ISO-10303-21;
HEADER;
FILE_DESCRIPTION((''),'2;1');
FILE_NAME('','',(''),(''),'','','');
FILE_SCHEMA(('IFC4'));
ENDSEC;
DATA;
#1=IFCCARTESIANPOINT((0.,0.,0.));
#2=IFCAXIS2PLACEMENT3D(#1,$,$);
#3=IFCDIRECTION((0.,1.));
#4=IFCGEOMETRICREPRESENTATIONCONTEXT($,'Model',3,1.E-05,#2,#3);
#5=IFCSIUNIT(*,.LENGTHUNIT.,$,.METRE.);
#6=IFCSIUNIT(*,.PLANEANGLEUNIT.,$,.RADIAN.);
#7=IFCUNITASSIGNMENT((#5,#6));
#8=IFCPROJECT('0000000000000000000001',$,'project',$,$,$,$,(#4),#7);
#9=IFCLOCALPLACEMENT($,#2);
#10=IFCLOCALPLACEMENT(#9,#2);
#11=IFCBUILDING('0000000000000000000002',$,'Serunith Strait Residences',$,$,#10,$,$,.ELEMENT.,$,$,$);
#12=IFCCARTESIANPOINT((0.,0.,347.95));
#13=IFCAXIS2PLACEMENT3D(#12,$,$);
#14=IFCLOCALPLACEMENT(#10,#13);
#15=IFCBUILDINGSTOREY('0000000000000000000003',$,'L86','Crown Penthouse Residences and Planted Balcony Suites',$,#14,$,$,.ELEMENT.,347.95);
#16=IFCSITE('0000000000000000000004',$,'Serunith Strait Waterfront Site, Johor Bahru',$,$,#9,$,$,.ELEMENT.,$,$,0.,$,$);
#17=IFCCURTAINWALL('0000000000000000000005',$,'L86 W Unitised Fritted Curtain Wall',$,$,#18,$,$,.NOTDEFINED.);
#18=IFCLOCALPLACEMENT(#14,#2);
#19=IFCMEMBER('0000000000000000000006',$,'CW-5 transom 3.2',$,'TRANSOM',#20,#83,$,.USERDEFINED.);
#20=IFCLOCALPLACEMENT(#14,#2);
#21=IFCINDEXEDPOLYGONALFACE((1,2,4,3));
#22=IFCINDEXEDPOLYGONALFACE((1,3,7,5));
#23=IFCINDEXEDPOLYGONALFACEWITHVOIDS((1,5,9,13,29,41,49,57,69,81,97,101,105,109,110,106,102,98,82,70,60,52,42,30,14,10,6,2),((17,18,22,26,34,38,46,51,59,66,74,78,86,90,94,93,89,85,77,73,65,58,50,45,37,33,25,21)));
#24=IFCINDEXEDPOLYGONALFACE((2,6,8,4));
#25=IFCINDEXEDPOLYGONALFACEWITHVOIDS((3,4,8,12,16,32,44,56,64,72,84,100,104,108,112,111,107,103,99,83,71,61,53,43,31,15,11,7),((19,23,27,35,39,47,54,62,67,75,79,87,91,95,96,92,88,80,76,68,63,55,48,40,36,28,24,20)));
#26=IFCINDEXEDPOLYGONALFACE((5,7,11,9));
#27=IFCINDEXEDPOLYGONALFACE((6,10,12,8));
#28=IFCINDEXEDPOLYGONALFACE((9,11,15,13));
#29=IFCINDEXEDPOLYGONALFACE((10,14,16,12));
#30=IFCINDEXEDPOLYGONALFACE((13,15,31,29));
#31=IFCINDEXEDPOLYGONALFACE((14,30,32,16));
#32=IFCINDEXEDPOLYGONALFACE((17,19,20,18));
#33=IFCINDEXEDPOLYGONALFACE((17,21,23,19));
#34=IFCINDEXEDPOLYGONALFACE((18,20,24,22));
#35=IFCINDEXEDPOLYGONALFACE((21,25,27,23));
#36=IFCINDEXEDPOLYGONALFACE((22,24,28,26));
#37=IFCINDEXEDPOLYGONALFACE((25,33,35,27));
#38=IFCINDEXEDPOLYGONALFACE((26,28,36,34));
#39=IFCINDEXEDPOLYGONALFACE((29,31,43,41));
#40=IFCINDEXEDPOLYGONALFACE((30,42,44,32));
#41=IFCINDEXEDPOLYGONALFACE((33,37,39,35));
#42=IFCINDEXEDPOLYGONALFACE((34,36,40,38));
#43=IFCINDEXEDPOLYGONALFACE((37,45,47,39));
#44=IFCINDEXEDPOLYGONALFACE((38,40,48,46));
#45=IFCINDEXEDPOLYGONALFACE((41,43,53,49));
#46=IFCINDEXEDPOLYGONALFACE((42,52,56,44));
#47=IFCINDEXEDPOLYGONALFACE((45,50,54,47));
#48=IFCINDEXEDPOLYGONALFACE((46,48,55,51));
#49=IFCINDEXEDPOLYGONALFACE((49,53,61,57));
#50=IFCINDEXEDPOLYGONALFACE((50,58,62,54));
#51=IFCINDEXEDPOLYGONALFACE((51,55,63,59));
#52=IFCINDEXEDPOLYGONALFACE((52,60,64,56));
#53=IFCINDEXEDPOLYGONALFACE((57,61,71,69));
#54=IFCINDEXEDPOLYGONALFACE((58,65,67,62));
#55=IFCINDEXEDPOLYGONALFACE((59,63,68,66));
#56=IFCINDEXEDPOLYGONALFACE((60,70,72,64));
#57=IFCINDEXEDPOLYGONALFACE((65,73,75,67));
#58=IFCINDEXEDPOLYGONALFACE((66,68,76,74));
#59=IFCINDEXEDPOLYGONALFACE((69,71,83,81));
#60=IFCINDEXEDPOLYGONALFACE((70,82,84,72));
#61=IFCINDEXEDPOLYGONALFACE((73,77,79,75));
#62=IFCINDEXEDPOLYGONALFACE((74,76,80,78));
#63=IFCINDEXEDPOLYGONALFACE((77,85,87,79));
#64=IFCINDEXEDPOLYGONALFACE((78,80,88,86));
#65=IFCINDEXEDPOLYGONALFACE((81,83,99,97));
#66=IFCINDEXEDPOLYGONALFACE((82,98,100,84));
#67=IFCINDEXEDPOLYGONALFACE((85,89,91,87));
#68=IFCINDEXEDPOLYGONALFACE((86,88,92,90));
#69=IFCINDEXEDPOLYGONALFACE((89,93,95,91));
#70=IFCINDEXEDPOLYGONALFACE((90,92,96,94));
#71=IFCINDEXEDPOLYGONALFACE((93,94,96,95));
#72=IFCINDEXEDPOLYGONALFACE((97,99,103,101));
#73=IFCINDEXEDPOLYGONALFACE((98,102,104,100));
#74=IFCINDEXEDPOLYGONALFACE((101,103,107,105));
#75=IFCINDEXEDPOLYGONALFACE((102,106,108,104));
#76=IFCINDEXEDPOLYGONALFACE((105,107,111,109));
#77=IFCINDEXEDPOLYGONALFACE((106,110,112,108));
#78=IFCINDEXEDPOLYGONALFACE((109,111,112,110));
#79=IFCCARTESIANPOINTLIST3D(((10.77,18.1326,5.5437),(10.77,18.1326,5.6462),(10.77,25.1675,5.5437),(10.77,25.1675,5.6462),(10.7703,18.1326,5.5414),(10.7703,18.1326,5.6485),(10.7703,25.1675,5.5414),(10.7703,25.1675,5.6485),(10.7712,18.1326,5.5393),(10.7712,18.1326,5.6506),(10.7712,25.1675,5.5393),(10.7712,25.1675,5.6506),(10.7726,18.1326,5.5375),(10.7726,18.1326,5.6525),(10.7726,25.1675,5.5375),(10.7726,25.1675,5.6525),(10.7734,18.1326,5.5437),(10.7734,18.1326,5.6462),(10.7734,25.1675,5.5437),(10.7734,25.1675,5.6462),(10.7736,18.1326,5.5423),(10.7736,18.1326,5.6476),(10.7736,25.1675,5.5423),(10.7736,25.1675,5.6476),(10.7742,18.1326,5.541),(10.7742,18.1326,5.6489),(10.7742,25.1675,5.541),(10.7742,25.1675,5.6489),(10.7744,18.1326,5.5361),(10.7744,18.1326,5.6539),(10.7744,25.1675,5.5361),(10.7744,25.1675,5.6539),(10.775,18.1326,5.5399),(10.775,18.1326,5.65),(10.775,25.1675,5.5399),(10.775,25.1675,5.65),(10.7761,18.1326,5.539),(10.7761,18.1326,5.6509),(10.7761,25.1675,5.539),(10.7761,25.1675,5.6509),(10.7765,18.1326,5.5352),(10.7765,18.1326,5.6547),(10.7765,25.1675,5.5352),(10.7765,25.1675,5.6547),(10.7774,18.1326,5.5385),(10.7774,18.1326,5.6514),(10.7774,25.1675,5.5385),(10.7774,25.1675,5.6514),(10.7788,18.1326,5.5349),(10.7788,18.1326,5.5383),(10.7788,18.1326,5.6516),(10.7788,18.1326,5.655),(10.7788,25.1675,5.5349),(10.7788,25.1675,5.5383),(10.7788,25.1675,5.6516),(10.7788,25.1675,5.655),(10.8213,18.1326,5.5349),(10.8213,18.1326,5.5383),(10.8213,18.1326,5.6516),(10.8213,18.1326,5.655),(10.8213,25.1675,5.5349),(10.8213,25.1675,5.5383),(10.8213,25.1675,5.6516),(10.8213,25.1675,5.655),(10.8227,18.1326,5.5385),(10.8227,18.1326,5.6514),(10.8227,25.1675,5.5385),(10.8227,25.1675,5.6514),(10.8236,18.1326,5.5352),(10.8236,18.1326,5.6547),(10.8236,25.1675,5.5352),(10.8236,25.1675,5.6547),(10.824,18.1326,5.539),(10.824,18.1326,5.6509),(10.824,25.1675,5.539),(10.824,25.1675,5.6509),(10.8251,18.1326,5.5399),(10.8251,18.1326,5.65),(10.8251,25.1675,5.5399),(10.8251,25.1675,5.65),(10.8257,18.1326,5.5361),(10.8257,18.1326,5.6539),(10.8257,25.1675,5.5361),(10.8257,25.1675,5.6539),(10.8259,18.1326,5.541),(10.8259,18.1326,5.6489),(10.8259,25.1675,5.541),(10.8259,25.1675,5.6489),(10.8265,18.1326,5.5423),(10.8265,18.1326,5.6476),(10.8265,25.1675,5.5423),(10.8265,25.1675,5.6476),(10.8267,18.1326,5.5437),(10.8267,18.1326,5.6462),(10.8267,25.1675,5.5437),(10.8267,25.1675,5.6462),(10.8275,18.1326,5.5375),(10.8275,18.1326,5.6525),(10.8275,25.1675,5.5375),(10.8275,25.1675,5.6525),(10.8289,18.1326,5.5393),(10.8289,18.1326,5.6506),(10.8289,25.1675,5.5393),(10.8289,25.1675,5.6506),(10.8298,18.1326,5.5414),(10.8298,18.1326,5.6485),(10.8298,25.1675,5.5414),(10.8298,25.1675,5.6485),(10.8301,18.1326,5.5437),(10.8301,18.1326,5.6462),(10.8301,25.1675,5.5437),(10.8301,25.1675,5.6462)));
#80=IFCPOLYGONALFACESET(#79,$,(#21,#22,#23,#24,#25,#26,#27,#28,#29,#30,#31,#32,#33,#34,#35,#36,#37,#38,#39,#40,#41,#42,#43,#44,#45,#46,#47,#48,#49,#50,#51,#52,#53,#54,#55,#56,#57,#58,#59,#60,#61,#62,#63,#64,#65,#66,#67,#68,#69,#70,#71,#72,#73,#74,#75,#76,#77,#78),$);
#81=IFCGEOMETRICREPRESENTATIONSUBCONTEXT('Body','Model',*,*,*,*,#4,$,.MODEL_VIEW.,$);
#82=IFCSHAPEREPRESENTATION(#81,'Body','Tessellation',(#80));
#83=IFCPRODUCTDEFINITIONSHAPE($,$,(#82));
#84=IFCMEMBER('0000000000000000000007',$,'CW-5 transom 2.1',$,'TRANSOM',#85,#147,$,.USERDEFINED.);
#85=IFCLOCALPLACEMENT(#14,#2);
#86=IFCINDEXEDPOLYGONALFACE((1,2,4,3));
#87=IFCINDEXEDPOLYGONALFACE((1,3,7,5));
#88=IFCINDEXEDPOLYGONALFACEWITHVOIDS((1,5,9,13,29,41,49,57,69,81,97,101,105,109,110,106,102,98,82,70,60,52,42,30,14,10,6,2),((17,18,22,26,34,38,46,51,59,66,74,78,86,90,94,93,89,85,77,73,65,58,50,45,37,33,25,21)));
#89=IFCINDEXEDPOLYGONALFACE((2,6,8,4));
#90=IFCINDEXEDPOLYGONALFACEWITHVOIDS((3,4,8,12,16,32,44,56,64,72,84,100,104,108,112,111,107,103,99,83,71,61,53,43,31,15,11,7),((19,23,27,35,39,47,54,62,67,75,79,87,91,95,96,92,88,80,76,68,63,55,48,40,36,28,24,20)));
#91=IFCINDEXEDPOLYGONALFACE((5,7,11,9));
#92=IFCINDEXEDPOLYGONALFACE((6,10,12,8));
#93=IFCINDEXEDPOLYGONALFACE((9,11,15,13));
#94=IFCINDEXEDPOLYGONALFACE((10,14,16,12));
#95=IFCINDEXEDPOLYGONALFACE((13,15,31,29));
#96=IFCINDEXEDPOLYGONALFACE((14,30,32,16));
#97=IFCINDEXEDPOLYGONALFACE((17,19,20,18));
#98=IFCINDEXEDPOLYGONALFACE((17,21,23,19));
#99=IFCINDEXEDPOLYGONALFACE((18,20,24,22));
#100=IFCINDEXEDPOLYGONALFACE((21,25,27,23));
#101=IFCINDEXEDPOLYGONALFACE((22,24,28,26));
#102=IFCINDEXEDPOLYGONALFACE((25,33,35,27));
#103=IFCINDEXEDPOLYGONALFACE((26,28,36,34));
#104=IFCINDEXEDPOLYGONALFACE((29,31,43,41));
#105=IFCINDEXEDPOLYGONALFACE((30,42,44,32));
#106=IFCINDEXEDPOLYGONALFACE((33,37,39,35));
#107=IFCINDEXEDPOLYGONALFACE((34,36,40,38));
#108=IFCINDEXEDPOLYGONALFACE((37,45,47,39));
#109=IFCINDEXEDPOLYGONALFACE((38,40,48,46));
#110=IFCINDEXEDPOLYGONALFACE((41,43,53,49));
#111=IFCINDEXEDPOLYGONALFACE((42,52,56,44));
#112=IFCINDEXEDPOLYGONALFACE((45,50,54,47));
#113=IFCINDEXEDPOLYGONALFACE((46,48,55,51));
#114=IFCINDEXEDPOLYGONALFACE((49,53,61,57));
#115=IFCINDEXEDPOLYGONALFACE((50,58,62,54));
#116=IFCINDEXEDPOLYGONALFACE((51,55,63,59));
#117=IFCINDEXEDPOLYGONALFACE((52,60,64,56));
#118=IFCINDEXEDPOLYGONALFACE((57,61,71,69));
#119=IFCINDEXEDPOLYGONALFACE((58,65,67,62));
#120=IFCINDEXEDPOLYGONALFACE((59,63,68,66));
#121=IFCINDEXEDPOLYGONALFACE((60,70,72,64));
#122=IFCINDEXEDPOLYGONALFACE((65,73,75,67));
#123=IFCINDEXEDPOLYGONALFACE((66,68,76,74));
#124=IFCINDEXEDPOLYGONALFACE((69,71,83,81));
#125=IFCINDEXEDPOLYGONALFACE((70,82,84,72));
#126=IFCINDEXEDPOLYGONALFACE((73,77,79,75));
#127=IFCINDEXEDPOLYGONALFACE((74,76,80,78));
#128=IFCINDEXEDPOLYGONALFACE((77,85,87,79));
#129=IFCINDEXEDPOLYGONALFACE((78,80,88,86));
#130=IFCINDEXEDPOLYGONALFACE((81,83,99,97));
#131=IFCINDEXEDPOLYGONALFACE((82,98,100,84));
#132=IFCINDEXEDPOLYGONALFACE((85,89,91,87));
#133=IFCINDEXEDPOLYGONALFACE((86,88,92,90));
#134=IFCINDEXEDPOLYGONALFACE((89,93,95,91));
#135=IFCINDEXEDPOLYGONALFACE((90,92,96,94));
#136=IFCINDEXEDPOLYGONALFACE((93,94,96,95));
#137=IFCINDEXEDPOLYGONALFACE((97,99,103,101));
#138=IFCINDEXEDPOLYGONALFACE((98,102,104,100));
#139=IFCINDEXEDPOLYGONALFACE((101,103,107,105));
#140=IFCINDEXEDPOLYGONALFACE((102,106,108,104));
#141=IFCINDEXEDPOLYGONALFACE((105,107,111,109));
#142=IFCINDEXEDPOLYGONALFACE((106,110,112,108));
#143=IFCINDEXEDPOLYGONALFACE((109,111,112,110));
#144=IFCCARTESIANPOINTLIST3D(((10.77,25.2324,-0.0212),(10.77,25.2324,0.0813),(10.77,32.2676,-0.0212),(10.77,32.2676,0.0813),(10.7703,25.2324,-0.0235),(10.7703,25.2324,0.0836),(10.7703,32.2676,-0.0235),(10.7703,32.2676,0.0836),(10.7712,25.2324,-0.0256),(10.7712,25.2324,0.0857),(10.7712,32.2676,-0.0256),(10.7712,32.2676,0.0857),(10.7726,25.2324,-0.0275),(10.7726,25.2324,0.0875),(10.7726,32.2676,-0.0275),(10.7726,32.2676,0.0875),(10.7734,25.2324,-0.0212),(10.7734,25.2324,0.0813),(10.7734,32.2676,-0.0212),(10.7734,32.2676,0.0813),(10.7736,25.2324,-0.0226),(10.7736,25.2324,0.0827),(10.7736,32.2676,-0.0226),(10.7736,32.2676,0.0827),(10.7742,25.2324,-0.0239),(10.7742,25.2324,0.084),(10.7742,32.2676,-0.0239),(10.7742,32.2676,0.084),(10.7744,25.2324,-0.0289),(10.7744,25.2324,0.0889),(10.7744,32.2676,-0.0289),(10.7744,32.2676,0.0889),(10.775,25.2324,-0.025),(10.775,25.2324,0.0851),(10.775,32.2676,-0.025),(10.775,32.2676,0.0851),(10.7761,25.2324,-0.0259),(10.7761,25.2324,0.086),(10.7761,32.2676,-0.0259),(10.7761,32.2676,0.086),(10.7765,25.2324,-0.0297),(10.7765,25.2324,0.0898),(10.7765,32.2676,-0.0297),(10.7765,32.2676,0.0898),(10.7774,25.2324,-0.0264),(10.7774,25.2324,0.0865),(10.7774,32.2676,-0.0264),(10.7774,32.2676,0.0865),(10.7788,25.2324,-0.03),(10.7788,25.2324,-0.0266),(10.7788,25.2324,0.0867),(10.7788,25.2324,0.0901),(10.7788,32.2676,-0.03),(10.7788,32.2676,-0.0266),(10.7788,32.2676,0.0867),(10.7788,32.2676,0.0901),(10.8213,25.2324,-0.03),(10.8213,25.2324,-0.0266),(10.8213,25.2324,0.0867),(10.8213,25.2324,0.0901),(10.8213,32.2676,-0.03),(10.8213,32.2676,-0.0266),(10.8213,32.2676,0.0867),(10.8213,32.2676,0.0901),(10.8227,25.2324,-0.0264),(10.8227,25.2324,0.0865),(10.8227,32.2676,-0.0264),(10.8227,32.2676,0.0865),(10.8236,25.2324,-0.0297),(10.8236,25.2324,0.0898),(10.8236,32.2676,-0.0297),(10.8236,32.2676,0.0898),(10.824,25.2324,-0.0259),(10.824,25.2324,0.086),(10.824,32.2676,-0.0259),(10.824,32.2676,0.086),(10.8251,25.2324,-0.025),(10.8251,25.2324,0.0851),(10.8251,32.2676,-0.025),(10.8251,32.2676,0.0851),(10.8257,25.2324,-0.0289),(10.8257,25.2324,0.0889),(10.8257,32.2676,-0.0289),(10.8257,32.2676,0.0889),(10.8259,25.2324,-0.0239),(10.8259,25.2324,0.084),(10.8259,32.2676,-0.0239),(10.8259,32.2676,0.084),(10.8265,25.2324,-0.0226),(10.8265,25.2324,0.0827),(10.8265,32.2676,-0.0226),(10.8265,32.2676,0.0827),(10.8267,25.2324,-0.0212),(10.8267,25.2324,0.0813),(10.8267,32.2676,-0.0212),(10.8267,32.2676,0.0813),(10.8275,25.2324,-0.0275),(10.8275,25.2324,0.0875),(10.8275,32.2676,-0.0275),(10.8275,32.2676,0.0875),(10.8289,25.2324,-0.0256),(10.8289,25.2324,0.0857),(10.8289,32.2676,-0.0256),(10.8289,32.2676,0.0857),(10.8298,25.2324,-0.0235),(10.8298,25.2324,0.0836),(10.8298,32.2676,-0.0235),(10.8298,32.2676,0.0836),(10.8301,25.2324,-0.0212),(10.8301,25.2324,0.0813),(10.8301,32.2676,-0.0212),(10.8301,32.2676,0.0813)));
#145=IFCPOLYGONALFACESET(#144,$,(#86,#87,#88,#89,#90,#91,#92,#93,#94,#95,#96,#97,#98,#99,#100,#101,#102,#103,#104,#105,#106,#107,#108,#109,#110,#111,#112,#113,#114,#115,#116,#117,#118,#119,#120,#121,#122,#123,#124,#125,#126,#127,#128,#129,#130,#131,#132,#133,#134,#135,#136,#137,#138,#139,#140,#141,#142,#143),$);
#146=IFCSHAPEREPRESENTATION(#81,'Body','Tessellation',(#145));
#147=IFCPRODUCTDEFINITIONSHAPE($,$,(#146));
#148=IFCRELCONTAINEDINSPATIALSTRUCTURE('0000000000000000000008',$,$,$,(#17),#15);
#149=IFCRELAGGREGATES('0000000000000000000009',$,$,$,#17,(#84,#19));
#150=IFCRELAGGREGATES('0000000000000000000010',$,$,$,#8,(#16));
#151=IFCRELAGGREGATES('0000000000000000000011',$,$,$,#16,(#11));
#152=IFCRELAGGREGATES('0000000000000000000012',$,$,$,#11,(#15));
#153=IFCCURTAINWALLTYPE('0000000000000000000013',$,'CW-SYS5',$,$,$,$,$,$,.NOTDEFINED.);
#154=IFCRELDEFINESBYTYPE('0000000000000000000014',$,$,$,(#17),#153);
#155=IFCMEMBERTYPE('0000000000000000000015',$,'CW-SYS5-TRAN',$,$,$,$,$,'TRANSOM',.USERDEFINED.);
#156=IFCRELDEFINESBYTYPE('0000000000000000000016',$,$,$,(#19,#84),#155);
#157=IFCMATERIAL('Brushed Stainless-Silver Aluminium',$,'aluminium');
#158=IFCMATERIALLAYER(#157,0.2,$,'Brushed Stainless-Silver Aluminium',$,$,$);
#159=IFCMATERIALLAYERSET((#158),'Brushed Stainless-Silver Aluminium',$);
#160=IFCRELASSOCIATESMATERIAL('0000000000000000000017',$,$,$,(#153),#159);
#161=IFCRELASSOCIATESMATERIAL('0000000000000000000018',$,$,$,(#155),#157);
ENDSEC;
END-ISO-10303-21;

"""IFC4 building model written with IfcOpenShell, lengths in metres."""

from ifc_helpers import new_model, si_unit, direction, frame, origin, origin_2d, place, context, subcontext, project, spatial, hollow_rectangle, extrude, source, transform, mapped, material, layer, layer_set, material_profile, profile_set, type_object, element, aggregate, save


model = new_model("IFC4")

# Units and contexts
model_context = context("Model", 3, precision=1e-05, world=origin(), true_north=direction((0.0, 1.0)))
body_context = subcontext(model_context, "Body", "Model", "MODEL_VIEW")
ifc_project = project(units=[si_unit("LENGTHUNIT", "METRE"), si_unit("PLANEANGLEUNIT", "RADIAN")], contexts=[model_context])

# Site, building, storey
site_placement = place(None, origin())
site = spatial("IfcSite", under=ifc_project, at=site_placement, Name="Serunith Strait Waterfront Site, Johor Bahru", CompositionType="ELEMENT", RefElevation=0.0)
building_placement = place(site_placement, origin())
building = spatial("IfcBuilding", under=site, at=building_placement, Name="Serunith Strait Residences", CompositionType="ELEMENT")
storey_placement = place(building_placement, frame((0.0, 0.0, 347.95)))
storey = spatial("IfcBuildingStorey", under=building, at=storey_placement, Name="L86", Description="Crown Penthouse Residences and Planted Balcony Suites", CompositionType="ELEMENT", Elevation=347.95)

# Curtain wall, members
ifc_material_1 = material(Name="Brushed Stainless-Silver Aluminium", Category="aluminium")
ifc_layer_1 = layer(ifc_material_1, 0.2, Name="Brushed Stainless-Silver Aluminium")
ifc_layer_set_1 = layer_set([ifc_layer_1], Name="Brushed Stainless-Silver Aluminium")
curtain_wall_type = type_object("IfcCurtainWallType", Name="CW-SYS5", PredefinedType="NOTDEFINED", material=ifc_layer_set_1)
curtain_wall_placement = place(storey_placement, origin())
curtain_wall = element("IfcCurtainWall", 1, at=curtain_wall_placement, inside=storey, type_object=curtain_wall_type, Name="L86 W Unitised Fritted Curtain Wall", PredefinedType="NOTDEFINED")
ifc_material_profile_1 = material_profile(ifc_material_1, hollow_rectangle(XDim=0.0601, YDim=0.1201, WallThickness=0.0034, InnerFilletRadius=0.0054, OuterFilletRadius=0.0088, at=origin_2d()), Name="ALU 120x60x3.5")
ifc_profile_set_1 = profile_set([ifc_material_profile_1], Name="Brushed Stainless-Silver Aluminium")
member_type_1 = type_object("IfcMemberType", Name="CW-SYS5-TRAN", ElementType="TRANSOM", PredefinedType="USERDEFINED", material=ifc_profile_set_1)
shared_shape_1 = source(origin(), body_context, "Body", "SweptSolid", [
    extrude(hollow_rectangle(XDim=0.0601, YDim=0.1201, WallThickness=0.0034, InnerFilletRadius=0.0054, OuterFilletRadius=0.0088, at=origin_2d()), origin(), (0.0, 0.0, 1.0), 7.0349),
])
member_1_placement = place(storey_placement, frame((10.8, 25.1675, 5.595), z_axis=(0.0, -1.0, 0.0), x_axis=(1.0, 0.0, 0.0)))
member_1 = element("IfcMember", 2, at=member_1_placement, type_object=member_type_1, Name="CW-5 transom 3.2", ObjectType="TRANSOM", PredefinedType="USERDEFINED", context=body_context, shape_type="MappedRepresentation", body=[
    mapped(shared_shape_1, transform((0.0, 0.0, 0.0), scale=1.0)),
])
shared_shape_2 = source(origin(), body_context, "Body", "SweptSolid", [
    extrude(hollow_rectangle(XDim=0.0601, YDim=0.1201, WallThickness=0.0034, InnerFilletRadius=0.0054, OuterFilletRadius=0.0088, at=origin_2d()), origin(), (0.0, 0.0, 1.0), 7.0352),
])
member_2_placement = place(storey_placement, frame((10.8, 32.2676, 0.03), z_axis=(0.0, -1.0, 0.0), x_axis=(1.0, 0.0, 0.0)))
member_2 = element("IfcMember", 3, at=member_2_placement, type_object=member_type_1, Name="CW-5 transom 2.1", ObjectType="TRANSOM", PredefinedType="USERDEFINED", context=body_context, shape_type="MappedRepresentation", body=[
    mapped(shared_shape_2, transform((0.0, 0.0, 0.0), scale=1.0)),
])
aggregate(curtain_wall, [member_2, member_1])

save(model, "model.ifc")
